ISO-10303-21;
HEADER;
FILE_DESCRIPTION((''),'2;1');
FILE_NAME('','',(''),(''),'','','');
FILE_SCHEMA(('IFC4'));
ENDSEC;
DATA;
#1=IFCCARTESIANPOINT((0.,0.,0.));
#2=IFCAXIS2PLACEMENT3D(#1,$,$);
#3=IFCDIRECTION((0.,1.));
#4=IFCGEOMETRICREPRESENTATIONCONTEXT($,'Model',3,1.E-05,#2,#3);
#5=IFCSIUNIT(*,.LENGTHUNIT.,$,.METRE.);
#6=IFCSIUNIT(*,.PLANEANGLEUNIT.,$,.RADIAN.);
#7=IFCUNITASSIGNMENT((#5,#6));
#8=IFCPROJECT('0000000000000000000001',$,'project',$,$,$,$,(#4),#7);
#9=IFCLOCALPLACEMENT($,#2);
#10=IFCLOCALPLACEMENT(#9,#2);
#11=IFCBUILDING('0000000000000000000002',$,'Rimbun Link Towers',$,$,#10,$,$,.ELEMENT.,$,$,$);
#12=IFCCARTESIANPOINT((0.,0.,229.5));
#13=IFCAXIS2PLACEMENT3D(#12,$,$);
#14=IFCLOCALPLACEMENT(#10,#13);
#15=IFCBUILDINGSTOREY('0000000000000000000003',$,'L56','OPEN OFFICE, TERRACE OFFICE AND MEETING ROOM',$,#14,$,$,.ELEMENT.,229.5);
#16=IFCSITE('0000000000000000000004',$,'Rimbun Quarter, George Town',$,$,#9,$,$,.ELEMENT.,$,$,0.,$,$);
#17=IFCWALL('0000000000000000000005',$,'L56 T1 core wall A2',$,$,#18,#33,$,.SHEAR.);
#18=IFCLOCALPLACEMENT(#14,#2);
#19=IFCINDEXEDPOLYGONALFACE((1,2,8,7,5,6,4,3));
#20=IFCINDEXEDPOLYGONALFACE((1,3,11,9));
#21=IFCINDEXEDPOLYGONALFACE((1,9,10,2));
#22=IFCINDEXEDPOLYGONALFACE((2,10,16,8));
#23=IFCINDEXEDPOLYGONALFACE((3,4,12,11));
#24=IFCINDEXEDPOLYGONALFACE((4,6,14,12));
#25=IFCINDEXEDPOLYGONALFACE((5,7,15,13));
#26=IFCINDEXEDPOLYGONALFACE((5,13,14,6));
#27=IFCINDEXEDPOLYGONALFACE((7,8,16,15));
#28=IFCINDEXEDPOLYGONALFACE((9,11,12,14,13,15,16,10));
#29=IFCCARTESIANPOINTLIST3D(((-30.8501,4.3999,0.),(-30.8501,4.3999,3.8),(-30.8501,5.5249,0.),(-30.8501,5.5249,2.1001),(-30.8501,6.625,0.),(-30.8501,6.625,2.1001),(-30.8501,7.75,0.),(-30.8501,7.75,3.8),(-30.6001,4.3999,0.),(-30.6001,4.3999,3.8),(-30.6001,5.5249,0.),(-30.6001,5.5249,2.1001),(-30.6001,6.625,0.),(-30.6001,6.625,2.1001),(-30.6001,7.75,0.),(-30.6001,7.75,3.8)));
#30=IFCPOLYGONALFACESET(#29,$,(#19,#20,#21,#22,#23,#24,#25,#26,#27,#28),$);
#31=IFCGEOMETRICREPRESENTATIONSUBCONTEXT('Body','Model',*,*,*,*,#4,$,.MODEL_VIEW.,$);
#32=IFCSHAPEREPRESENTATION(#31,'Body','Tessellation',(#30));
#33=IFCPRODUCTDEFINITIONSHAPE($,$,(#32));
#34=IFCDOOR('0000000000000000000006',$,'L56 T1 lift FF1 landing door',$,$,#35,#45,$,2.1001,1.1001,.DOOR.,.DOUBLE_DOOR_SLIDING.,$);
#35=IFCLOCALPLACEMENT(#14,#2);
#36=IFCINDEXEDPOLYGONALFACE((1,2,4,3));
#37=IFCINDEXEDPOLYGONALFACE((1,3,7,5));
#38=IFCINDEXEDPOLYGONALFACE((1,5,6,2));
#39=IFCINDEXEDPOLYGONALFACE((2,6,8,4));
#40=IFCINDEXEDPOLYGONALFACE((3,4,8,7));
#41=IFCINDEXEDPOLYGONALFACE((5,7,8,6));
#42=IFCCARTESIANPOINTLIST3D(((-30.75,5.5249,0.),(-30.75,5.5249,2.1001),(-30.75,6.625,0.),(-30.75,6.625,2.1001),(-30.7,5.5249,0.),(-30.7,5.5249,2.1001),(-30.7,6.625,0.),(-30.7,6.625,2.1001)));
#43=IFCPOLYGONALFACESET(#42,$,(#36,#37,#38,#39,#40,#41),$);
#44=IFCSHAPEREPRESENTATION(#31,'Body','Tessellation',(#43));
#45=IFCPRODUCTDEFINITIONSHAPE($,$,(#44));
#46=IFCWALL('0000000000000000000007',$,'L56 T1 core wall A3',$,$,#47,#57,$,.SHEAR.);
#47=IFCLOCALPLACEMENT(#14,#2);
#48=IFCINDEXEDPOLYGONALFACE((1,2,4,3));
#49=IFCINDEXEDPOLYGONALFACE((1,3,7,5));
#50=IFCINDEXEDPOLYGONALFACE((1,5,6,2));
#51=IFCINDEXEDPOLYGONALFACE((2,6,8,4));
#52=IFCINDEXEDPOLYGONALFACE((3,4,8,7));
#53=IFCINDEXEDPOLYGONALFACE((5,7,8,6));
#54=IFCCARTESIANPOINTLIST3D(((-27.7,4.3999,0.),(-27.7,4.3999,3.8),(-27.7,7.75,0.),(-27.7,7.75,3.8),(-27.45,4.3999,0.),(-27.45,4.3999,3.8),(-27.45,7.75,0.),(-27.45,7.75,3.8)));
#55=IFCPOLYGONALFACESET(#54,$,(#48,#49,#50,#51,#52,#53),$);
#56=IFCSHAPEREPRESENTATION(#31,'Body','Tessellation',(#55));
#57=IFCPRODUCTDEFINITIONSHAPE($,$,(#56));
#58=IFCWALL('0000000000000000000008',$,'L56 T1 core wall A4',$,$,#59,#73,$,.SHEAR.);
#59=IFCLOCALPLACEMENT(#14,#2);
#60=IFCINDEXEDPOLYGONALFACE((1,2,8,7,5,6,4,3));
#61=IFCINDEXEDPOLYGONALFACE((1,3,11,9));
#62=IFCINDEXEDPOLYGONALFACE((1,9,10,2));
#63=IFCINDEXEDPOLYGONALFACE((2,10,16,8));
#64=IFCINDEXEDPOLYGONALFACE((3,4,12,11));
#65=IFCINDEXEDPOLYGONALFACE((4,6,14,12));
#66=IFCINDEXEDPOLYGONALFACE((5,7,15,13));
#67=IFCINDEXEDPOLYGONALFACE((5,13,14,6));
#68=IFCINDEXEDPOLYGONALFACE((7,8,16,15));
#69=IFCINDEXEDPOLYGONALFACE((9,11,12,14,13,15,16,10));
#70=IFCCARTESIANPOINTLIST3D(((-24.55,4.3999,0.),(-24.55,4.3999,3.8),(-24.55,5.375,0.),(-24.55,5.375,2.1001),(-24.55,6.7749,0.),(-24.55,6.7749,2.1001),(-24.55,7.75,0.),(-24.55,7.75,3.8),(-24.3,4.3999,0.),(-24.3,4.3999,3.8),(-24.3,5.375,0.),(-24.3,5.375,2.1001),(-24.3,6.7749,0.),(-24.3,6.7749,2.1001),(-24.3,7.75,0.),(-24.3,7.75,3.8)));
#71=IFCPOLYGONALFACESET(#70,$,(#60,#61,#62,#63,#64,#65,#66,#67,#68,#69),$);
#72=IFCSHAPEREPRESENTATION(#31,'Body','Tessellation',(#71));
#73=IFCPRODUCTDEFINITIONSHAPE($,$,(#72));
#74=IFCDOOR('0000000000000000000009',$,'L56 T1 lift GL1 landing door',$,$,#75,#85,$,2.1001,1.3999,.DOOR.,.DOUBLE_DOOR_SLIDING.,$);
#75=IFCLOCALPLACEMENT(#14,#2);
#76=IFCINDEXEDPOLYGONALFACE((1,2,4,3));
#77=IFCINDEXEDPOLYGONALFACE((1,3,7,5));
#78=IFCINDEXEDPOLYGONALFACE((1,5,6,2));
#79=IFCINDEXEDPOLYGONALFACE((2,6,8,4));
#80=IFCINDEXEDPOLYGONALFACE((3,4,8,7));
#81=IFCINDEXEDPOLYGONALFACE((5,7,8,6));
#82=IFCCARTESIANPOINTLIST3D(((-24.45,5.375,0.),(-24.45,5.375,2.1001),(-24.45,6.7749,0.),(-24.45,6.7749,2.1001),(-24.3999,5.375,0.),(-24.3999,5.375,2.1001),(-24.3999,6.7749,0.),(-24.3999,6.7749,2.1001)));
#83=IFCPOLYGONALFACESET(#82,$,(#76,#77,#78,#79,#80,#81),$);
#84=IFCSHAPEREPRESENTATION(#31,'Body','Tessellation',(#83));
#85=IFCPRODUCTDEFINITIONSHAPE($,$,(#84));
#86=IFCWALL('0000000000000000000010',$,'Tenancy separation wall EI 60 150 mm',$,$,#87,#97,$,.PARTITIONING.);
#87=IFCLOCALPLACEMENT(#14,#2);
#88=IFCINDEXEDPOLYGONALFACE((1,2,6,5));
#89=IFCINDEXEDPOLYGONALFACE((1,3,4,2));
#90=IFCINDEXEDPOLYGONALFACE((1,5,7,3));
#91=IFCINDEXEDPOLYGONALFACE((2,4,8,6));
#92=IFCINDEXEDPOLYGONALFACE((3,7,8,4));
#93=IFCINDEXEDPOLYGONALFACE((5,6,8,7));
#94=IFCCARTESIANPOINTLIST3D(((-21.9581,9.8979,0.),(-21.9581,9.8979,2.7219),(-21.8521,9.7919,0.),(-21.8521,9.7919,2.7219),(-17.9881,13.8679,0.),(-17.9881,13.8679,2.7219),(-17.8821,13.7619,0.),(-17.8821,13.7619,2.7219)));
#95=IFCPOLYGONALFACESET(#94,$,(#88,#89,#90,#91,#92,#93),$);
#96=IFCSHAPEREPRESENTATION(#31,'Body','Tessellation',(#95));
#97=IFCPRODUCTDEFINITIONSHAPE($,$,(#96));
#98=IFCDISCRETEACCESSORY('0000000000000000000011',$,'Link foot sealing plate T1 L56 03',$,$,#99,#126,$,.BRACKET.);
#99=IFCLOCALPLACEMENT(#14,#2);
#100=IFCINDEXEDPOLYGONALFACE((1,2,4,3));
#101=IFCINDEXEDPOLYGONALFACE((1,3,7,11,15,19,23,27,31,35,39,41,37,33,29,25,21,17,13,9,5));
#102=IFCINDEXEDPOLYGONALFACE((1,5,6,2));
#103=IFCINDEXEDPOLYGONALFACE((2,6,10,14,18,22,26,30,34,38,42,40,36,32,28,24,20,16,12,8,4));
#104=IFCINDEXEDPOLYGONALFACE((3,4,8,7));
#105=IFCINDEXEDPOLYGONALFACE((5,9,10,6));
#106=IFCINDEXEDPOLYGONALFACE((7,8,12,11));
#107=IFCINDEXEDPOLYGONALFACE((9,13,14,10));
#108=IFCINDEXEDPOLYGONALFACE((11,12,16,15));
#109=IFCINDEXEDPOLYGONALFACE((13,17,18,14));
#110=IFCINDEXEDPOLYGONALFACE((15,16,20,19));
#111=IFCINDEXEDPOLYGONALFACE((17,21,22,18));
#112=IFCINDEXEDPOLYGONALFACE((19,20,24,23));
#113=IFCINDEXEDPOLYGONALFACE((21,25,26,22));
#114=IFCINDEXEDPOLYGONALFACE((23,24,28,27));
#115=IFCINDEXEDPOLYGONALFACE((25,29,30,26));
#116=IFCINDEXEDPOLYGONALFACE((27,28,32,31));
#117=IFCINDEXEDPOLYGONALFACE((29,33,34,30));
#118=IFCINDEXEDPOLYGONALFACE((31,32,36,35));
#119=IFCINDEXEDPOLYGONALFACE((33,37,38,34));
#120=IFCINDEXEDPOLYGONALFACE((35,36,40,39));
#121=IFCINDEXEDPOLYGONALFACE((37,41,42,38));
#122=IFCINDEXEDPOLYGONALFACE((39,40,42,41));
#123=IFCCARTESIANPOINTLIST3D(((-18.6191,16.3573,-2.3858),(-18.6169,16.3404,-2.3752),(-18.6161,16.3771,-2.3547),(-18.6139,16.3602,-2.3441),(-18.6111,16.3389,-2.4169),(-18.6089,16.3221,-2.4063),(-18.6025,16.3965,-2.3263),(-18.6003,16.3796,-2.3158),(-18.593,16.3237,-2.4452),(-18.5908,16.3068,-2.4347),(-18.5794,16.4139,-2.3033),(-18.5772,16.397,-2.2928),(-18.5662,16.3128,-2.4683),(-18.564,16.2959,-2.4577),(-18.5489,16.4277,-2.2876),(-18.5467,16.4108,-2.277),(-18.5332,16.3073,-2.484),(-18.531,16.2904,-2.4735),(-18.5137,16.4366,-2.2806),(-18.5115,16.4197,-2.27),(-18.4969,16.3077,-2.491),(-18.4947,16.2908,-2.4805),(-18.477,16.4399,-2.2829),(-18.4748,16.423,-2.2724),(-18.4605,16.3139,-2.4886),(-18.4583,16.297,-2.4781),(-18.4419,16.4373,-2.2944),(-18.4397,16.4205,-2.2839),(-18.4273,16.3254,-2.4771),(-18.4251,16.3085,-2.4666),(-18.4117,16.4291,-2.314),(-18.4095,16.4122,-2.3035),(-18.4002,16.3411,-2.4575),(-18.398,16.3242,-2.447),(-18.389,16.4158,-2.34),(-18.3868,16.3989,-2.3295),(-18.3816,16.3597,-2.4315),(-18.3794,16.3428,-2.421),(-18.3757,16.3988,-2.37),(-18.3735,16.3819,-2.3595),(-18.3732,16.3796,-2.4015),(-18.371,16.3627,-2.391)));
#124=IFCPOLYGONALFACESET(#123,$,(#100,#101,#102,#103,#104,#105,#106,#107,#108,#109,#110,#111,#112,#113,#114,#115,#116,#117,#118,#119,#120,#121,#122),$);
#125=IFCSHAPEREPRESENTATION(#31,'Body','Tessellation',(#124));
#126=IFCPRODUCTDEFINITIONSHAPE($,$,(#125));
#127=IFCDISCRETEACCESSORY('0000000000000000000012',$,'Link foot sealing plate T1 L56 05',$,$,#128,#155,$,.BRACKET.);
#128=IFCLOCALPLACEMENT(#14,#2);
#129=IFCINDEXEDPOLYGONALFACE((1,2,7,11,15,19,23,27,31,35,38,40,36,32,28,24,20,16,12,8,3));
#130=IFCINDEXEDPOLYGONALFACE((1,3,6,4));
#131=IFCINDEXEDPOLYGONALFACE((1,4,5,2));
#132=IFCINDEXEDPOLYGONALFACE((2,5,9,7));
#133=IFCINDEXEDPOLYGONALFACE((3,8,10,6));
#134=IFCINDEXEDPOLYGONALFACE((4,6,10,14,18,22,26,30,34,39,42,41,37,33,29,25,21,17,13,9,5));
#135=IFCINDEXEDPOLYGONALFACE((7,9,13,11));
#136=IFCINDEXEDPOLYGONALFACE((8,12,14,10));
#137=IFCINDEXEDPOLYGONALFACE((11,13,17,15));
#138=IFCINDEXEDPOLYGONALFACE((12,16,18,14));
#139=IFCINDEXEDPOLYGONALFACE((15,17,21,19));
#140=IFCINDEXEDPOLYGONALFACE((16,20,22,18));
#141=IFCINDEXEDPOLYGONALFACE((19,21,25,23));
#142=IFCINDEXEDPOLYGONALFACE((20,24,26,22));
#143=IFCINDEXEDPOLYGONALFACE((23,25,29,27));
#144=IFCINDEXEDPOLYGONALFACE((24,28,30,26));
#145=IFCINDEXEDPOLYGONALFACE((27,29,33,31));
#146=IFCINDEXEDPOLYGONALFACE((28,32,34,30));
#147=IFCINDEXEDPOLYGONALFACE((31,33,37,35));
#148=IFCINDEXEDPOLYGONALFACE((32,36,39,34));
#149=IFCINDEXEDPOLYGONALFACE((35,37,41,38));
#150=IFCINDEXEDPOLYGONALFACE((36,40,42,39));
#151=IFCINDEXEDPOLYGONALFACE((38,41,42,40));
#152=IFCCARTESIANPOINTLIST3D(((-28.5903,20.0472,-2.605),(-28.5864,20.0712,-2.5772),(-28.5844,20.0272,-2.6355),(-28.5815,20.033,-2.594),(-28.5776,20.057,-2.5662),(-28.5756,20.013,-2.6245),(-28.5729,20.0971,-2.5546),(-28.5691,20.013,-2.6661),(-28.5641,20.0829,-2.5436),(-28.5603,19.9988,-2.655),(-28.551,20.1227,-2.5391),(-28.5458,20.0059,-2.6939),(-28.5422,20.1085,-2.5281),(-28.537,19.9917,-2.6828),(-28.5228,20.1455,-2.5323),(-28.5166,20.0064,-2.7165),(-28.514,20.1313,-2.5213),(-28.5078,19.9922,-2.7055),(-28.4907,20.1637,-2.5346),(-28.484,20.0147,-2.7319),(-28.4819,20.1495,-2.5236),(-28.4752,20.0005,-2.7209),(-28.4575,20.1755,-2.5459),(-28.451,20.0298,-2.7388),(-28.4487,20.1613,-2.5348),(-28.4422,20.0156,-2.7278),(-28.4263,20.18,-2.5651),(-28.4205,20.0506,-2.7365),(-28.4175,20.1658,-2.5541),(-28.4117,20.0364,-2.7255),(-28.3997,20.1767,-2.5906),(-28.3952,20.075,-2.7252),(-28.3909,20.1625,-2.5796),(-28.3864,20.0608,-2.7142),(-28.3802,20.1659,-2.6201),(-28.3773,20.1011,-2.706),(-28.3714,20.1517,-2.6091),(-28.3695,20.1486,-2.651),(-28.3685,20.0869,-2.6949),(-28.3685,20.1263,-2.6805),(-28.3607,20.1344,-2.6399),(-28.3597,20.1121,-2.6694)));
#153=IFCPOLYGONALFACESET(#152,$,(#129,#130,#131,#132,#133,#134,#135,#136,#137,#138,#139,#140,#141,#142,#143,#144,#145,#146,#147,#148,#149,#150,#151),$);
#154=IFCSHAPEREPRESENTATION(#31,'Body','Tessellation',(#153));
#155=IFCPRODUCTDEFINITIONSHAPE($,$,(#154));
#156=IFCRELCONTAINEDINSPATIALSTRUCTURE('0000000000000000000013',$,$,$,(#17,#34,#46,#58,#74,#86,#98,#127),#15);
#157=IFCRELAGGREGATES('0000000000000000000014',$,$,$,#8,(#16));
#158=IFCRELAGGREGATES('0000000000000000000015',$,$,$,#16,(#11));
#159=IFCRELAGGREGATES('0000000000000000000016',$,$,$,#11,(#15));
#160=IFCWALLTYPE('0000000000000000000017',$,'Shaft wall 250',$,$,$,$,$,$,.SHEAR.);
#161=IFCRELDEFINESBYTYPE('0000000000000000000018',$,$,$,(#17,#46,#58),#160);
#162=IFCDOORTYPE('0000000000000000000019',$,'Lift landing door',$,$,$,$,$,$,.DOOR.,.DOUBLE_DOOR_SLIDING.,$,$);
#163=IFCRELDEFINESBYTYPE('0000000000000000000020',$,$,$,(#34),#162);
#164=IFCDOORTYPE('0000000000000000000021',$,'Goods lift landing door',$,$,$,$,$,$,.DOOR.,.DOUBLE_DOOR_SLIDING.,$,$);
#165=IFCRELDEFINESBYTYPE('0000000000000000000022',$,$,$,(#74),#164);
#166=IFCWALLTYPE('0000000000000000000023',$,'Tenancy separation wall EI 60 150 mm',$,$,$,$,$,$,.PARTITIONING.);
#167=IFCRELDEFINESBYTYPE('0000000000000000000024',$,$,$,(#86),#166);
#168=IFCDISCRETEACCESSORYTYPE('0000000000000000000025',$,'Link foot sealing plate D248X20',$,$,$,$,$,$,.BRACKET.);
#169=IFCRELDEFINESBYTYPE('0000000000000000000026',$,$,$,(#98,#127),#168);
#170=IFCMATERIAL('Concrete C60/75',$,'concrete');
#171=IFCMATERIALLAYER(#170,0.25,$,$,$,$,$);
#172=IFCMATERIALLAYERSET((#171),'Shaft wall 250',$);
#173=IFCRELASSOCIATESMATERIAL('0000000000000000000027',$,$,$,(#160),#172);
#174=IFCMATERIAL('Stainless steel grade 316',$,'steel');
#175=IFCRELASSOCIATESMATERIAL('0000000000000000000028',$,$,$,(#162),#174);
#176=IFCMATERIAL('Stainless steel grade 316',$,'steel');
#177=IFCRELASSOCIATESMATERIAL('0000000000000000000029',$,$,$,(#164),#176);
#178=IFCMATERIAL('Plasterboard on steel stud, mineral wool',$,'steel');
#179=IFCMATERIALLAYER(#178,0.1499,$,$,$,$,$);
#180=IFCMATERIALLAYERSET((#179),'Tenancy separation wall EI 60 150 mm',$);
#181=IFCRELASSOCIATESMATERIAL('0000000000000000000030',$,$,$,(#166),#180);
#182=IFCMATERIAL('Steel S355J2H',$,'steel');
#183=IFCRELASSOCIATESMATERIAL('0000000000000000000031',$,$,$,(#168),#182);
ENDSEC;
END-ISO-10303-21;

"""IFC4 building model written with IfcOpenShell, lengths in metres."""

from ifc_helpers import new_model, si_unit, direction, frame, frame_2d, origin, origin_2d, place, context, subcontext, project, spatial, rectangle, circle, extrude, material, layer, layer_set, material_profile, profile_set, type_object, element, fill, save


model = new_model("IFC4")

# Units and contexts
model_context = context("Model", 3, precision=1e-05, world=origin(), true_north=direction((0.0, 1.0)))
body_context = subcontext(model_context, "Body", "Model", "MODEL_VIEW")
ifc_project = project(units=[si_unit("LENGTHUNIT", "METRE"), si_unit("PLANEANGLEUNIT", "RADIAN")], contexts=[model_context])

# Site, building, storey
site_placement = place(None, origin())
site = spatial("IfcSite", under=ifc_project, at=site_placement, Name="Rimbun Quarter, George Town", CompositionType="ELEMENT", RefElevation=0.0)
building_placement = place(site_placement, origin())
building = spatial("IfcBuilding", under=site, at=building_placement, Name="Rimbun Link Towers", CompositionType="ELEMENT")
storey_placement = place(building_placement, frame((0.0, 0.0, 229.5)))
storey = spatial("IfcBuildingStorey", under=building, at=storey_placement, Name="L56", Description="OPEN OFFICE, TERRACE OFFICE AND MEETING ROOM", CompositionType="ELEMENT", Elevation=229.5)

# Shared definitions
ifc_material_1 = material(Name="Concrete C60/75", Category="concrete")
ifc_layer_1 = layer(ifc_material_1, 0.25)
ifc_layer_set_1 = layer_set([ifc_layer_1], Name="Shaft wall 250")
wall_type_1 = type_object("IfcWallType", Name="Shaft wall 250", PredefinedType="SHEAR", material=ifc_layer_set_1)

# Wall, opening, door
wall_1_placement = place(storey_placement, frame((-30.7251, 4.3999, 0.0), z_axis=(0.0, 0.0, 1.0), x_axis=(0.0, 1.0, 0.0)))
wall_1 = element("IfcWall", 1, at=wall_1_placement, inside=storey, type_object=wall_type_1, Name="L56 T1 core wall A2", PredefinedType="SHEAR", context=body_context, shape_type="SweptSolid", body=[
    extrude(rectangle(XDim=3.3501, YDim=0.25, at=frame_2d((1.675, 0.0))), origin(), (0.0, 0.0, 1.0), 3.8),
])
opening_1_placement = place(wall_1_placement, frame((1.125, 0.0, 0.0)))
opening_1 = element("IfcOpeningElement", 2, at=opening_1_placement, cuts=wall_1, PredefinedType="OPENING", context=body_context, shape_type="SweptSolid", body=[
    extrude(rectangle(XDim=1.1001, YDim=2.1001, at=frame_2d((0.55, 1.05))), frame((0.0, 0.135, 0.0), z_axis=(0.0, -1.0, 0.0), x_axis=(1.0, 0.0, 0.0)), (0.0, 0.0, 1.0), 0.27),
])
ifc_material_2 = material(Name="Stainless steel grade 316", Category="steel")
door_type_1 = type_object("IfcDoorType", Name="Lift landing door", OperationType="DOUBLE_DOOR_SLIDING", PredefinedType="DOOR", material=ifc_material_2)
door_1_placement = place(opening_1_placement, origin())
door_1 = element("IfcDoor", 3, at=door_1_placement, inside=storey, type_object=door_type_1, Name="L56 T1 lift FF1 landing door", OperationType="DOUBLE_DOOR_SLIDING", OverallHeight=2.1001, OverallWidth=1.1001, PredefinedType="DOOR", context=body_context, shape_type="SweptSolid", body=[
    extrude(rectangle(XDim=1.1001, YDim=2.1001, at=frame_2d((0.55, 1.05))), frame((0.0, 0.0249, 0.0), z_axis=(0.0, -1.0, 0.0), x_axis=(1.0, 0.0, 0.0)), (0.0, 0.0, 1.0), 0.05),
])
fill(opening_1, door_1)

# Wall
wall_2_placement = place(storey_placement, frame((-27.575, 4.3999, 0.0), z_axis=(0.0, 0.0, 1.0), x_axis=(0.0, 1.0, 0.0)))
element("IfcWall", 4, at=wall_2_placement, inside=storey, type_object=wall_type_1, Name="L56 T1 core wall A3", PredefinedType="SHEAR", context=body_context, shape_type="SweptSolid", body=[
    extrude(rectangle(XDim=3.3501, YDim=0.25, at=frame_2d((1.675, 0.0))), origin(), (0.0, 0.0, 1.0), 3.8),
])

# Wall, opening, door
wall_3_placement = place(storey_placement, frame((-24.425, 4.3999, 0.0), z_axis=(0.0, 0.0, 1.0), x_axis=(0.0, 1.0, 0.0)))
wall_3 = element("IfcWall", 5, at=wall_3_placement, inside=storey, type_object=wall_type_1, Name="L56 T1 core wall A4", PredefinedType="SHEAR", context=body_context, shape_type="SweptSolid", body=[
    extrude(rectangle(XDim=3.3501, YDim=0.25, at=frame_2d((1.675, 0.0))), origin(), (0.0, 0.0, 1.0), 3.8),
])
opening_2_placement = place(wall_3_placement, frame((0.9751, 0.0, 0.0)))
opening_2 = element("IfcOpeningElement", 6, at=opening_2_placement, cuts=wall_3, PredefinedType="OPENING", context=body_context, shape_type="SweptSolid", body=[
    extrude(rectangle(XDim=1.3999, YDim=2.1001, at=frame_2d((0.7, 1.05))), frame((0.0, 0.135, 0.0), z_axis=(0.0, -1.0, 0.0), x_axis=(1.0, 0.0, 0.0)), (0.0, 0.0, 1.0), 0.27),
])
ifc_material_3 = material(Name="Stainless steel grade 316", Category="steel")
door_type_2 = type_object("IfcDoorType", Name="Goods lift landing door", OperationType="DOUBLE_DOOR_SLIDING", PredefinedType="DOOR", material=ifc_material_3)
door_2_placement = place(opening_2_placement, origin())
door_2 = element("IfcDoor", 7, at=door_2_placement, inside=storey, type_object=door_type_2, Name="L56 T1 lift GL1 landing door", OperationType="DOUBLE_DOOR_SLIDING", OverallHeight=2.1001, OverallWidth=1.3999, PredefinedType="DOOR", context=body_context, shape_type="SweptSolid", body=[
    extrude(rectangle(XDim=1.3999, YDim=2.1001, at=frame_2d((0.7, 1.05))), frame((0.0, 0.0249, 0.0), z_axis=(0.0, -1.0, 0.0), x_axis=(1.0, 0.0, 0.0)), (0.0, 0.0, 1.0), 0.05),
])
fill(opening_2, door_2)

# Wall
ifc_material_4 = material(Name="Plasterboard on steel stud, mineral wool", Category="steel")
ifc_layer_2 = layer(ifc_material_4, 0.1499)
ifc_layer_set_2 = layer_set([ifc_layer_2], Name="Tenancy separation wall EI 60 150 mm")
wall_type_2 = type_object("IfcWallType", Name="Tenancy separation wall EI 60 150 mm", PredefinedType="PARTITIONING", material=ifc_layer_set_2)
wall_4_placement = place(storey_placement, frame((-21.905, 9.845, 0.0), z_axis=(0.0, 0.0, 1.0), x_axis=(0.707107, 0.707107, 0.0)))
element("IfcWall", 8, at=wall_4_placement, inside=storey, type_object=wall_type_2, Name="Tenancy separation wall EI 60 150 mm", PredefinedType="PARTITIONING", context=body_context, shape_type="SweptSolid", body=[
    extrude(rectangle(XDim=5.6145, YDim=0.1499, at=frame_2d((2.8071, 0.0))), origin(), (0.0, 0.0, 1.0), 2.7219),
])

# Discrete accessories
ifc_material_5 = material(Name="Steel S355J2H", Category="steel")
ifc_material_profile_1 = material_profile(ifc_material_5, circle(Radius=0.124, at=origin_2d()), Name="PL D248")
ifc_profile_set_1 = profile_set([ifc_material_profile_1], Name="Steel S355J2H")
discrete_accessory_type = type_object("IfcDiscreteAccessoryType", Name="Link foot sealing plate D248X20", PredefinedType="BRACKET", material=ifc_profile_set_1)
for number, where, z_axis, x_axis, name in (
    (9, (-18.4939, 16.3564, -2.3752), (-0.110026, 0.843536, -0.525682), (-0.9916, -0.129339, 0.0), "Link foot sealing plate T1 L56 03"),
    (10, (-28.4702, 20.0784, -2.6245), (-0.440303, 0.709377, -0.550379), (-0.84964, -0.527363, 0.0), "Link foot sealing plate T1 L56 05"),
):
    element("IfcDiscreteAccessory", number, at=place(storey_placement, frame(where, z_axis=z_axis, x_axis=x_axis)), inside=storey, type_object=discrete_accessory_type, Name=name, PredefinedType="BRACKET", context=body_context, shape_type="SweptSolid", body=[
        extrude(circle(Radius=0.124, at=origin_2d()), origin(), (0.0, 0.0, 1.0), 0.02),
    ])

save(model, "model.ifc")
